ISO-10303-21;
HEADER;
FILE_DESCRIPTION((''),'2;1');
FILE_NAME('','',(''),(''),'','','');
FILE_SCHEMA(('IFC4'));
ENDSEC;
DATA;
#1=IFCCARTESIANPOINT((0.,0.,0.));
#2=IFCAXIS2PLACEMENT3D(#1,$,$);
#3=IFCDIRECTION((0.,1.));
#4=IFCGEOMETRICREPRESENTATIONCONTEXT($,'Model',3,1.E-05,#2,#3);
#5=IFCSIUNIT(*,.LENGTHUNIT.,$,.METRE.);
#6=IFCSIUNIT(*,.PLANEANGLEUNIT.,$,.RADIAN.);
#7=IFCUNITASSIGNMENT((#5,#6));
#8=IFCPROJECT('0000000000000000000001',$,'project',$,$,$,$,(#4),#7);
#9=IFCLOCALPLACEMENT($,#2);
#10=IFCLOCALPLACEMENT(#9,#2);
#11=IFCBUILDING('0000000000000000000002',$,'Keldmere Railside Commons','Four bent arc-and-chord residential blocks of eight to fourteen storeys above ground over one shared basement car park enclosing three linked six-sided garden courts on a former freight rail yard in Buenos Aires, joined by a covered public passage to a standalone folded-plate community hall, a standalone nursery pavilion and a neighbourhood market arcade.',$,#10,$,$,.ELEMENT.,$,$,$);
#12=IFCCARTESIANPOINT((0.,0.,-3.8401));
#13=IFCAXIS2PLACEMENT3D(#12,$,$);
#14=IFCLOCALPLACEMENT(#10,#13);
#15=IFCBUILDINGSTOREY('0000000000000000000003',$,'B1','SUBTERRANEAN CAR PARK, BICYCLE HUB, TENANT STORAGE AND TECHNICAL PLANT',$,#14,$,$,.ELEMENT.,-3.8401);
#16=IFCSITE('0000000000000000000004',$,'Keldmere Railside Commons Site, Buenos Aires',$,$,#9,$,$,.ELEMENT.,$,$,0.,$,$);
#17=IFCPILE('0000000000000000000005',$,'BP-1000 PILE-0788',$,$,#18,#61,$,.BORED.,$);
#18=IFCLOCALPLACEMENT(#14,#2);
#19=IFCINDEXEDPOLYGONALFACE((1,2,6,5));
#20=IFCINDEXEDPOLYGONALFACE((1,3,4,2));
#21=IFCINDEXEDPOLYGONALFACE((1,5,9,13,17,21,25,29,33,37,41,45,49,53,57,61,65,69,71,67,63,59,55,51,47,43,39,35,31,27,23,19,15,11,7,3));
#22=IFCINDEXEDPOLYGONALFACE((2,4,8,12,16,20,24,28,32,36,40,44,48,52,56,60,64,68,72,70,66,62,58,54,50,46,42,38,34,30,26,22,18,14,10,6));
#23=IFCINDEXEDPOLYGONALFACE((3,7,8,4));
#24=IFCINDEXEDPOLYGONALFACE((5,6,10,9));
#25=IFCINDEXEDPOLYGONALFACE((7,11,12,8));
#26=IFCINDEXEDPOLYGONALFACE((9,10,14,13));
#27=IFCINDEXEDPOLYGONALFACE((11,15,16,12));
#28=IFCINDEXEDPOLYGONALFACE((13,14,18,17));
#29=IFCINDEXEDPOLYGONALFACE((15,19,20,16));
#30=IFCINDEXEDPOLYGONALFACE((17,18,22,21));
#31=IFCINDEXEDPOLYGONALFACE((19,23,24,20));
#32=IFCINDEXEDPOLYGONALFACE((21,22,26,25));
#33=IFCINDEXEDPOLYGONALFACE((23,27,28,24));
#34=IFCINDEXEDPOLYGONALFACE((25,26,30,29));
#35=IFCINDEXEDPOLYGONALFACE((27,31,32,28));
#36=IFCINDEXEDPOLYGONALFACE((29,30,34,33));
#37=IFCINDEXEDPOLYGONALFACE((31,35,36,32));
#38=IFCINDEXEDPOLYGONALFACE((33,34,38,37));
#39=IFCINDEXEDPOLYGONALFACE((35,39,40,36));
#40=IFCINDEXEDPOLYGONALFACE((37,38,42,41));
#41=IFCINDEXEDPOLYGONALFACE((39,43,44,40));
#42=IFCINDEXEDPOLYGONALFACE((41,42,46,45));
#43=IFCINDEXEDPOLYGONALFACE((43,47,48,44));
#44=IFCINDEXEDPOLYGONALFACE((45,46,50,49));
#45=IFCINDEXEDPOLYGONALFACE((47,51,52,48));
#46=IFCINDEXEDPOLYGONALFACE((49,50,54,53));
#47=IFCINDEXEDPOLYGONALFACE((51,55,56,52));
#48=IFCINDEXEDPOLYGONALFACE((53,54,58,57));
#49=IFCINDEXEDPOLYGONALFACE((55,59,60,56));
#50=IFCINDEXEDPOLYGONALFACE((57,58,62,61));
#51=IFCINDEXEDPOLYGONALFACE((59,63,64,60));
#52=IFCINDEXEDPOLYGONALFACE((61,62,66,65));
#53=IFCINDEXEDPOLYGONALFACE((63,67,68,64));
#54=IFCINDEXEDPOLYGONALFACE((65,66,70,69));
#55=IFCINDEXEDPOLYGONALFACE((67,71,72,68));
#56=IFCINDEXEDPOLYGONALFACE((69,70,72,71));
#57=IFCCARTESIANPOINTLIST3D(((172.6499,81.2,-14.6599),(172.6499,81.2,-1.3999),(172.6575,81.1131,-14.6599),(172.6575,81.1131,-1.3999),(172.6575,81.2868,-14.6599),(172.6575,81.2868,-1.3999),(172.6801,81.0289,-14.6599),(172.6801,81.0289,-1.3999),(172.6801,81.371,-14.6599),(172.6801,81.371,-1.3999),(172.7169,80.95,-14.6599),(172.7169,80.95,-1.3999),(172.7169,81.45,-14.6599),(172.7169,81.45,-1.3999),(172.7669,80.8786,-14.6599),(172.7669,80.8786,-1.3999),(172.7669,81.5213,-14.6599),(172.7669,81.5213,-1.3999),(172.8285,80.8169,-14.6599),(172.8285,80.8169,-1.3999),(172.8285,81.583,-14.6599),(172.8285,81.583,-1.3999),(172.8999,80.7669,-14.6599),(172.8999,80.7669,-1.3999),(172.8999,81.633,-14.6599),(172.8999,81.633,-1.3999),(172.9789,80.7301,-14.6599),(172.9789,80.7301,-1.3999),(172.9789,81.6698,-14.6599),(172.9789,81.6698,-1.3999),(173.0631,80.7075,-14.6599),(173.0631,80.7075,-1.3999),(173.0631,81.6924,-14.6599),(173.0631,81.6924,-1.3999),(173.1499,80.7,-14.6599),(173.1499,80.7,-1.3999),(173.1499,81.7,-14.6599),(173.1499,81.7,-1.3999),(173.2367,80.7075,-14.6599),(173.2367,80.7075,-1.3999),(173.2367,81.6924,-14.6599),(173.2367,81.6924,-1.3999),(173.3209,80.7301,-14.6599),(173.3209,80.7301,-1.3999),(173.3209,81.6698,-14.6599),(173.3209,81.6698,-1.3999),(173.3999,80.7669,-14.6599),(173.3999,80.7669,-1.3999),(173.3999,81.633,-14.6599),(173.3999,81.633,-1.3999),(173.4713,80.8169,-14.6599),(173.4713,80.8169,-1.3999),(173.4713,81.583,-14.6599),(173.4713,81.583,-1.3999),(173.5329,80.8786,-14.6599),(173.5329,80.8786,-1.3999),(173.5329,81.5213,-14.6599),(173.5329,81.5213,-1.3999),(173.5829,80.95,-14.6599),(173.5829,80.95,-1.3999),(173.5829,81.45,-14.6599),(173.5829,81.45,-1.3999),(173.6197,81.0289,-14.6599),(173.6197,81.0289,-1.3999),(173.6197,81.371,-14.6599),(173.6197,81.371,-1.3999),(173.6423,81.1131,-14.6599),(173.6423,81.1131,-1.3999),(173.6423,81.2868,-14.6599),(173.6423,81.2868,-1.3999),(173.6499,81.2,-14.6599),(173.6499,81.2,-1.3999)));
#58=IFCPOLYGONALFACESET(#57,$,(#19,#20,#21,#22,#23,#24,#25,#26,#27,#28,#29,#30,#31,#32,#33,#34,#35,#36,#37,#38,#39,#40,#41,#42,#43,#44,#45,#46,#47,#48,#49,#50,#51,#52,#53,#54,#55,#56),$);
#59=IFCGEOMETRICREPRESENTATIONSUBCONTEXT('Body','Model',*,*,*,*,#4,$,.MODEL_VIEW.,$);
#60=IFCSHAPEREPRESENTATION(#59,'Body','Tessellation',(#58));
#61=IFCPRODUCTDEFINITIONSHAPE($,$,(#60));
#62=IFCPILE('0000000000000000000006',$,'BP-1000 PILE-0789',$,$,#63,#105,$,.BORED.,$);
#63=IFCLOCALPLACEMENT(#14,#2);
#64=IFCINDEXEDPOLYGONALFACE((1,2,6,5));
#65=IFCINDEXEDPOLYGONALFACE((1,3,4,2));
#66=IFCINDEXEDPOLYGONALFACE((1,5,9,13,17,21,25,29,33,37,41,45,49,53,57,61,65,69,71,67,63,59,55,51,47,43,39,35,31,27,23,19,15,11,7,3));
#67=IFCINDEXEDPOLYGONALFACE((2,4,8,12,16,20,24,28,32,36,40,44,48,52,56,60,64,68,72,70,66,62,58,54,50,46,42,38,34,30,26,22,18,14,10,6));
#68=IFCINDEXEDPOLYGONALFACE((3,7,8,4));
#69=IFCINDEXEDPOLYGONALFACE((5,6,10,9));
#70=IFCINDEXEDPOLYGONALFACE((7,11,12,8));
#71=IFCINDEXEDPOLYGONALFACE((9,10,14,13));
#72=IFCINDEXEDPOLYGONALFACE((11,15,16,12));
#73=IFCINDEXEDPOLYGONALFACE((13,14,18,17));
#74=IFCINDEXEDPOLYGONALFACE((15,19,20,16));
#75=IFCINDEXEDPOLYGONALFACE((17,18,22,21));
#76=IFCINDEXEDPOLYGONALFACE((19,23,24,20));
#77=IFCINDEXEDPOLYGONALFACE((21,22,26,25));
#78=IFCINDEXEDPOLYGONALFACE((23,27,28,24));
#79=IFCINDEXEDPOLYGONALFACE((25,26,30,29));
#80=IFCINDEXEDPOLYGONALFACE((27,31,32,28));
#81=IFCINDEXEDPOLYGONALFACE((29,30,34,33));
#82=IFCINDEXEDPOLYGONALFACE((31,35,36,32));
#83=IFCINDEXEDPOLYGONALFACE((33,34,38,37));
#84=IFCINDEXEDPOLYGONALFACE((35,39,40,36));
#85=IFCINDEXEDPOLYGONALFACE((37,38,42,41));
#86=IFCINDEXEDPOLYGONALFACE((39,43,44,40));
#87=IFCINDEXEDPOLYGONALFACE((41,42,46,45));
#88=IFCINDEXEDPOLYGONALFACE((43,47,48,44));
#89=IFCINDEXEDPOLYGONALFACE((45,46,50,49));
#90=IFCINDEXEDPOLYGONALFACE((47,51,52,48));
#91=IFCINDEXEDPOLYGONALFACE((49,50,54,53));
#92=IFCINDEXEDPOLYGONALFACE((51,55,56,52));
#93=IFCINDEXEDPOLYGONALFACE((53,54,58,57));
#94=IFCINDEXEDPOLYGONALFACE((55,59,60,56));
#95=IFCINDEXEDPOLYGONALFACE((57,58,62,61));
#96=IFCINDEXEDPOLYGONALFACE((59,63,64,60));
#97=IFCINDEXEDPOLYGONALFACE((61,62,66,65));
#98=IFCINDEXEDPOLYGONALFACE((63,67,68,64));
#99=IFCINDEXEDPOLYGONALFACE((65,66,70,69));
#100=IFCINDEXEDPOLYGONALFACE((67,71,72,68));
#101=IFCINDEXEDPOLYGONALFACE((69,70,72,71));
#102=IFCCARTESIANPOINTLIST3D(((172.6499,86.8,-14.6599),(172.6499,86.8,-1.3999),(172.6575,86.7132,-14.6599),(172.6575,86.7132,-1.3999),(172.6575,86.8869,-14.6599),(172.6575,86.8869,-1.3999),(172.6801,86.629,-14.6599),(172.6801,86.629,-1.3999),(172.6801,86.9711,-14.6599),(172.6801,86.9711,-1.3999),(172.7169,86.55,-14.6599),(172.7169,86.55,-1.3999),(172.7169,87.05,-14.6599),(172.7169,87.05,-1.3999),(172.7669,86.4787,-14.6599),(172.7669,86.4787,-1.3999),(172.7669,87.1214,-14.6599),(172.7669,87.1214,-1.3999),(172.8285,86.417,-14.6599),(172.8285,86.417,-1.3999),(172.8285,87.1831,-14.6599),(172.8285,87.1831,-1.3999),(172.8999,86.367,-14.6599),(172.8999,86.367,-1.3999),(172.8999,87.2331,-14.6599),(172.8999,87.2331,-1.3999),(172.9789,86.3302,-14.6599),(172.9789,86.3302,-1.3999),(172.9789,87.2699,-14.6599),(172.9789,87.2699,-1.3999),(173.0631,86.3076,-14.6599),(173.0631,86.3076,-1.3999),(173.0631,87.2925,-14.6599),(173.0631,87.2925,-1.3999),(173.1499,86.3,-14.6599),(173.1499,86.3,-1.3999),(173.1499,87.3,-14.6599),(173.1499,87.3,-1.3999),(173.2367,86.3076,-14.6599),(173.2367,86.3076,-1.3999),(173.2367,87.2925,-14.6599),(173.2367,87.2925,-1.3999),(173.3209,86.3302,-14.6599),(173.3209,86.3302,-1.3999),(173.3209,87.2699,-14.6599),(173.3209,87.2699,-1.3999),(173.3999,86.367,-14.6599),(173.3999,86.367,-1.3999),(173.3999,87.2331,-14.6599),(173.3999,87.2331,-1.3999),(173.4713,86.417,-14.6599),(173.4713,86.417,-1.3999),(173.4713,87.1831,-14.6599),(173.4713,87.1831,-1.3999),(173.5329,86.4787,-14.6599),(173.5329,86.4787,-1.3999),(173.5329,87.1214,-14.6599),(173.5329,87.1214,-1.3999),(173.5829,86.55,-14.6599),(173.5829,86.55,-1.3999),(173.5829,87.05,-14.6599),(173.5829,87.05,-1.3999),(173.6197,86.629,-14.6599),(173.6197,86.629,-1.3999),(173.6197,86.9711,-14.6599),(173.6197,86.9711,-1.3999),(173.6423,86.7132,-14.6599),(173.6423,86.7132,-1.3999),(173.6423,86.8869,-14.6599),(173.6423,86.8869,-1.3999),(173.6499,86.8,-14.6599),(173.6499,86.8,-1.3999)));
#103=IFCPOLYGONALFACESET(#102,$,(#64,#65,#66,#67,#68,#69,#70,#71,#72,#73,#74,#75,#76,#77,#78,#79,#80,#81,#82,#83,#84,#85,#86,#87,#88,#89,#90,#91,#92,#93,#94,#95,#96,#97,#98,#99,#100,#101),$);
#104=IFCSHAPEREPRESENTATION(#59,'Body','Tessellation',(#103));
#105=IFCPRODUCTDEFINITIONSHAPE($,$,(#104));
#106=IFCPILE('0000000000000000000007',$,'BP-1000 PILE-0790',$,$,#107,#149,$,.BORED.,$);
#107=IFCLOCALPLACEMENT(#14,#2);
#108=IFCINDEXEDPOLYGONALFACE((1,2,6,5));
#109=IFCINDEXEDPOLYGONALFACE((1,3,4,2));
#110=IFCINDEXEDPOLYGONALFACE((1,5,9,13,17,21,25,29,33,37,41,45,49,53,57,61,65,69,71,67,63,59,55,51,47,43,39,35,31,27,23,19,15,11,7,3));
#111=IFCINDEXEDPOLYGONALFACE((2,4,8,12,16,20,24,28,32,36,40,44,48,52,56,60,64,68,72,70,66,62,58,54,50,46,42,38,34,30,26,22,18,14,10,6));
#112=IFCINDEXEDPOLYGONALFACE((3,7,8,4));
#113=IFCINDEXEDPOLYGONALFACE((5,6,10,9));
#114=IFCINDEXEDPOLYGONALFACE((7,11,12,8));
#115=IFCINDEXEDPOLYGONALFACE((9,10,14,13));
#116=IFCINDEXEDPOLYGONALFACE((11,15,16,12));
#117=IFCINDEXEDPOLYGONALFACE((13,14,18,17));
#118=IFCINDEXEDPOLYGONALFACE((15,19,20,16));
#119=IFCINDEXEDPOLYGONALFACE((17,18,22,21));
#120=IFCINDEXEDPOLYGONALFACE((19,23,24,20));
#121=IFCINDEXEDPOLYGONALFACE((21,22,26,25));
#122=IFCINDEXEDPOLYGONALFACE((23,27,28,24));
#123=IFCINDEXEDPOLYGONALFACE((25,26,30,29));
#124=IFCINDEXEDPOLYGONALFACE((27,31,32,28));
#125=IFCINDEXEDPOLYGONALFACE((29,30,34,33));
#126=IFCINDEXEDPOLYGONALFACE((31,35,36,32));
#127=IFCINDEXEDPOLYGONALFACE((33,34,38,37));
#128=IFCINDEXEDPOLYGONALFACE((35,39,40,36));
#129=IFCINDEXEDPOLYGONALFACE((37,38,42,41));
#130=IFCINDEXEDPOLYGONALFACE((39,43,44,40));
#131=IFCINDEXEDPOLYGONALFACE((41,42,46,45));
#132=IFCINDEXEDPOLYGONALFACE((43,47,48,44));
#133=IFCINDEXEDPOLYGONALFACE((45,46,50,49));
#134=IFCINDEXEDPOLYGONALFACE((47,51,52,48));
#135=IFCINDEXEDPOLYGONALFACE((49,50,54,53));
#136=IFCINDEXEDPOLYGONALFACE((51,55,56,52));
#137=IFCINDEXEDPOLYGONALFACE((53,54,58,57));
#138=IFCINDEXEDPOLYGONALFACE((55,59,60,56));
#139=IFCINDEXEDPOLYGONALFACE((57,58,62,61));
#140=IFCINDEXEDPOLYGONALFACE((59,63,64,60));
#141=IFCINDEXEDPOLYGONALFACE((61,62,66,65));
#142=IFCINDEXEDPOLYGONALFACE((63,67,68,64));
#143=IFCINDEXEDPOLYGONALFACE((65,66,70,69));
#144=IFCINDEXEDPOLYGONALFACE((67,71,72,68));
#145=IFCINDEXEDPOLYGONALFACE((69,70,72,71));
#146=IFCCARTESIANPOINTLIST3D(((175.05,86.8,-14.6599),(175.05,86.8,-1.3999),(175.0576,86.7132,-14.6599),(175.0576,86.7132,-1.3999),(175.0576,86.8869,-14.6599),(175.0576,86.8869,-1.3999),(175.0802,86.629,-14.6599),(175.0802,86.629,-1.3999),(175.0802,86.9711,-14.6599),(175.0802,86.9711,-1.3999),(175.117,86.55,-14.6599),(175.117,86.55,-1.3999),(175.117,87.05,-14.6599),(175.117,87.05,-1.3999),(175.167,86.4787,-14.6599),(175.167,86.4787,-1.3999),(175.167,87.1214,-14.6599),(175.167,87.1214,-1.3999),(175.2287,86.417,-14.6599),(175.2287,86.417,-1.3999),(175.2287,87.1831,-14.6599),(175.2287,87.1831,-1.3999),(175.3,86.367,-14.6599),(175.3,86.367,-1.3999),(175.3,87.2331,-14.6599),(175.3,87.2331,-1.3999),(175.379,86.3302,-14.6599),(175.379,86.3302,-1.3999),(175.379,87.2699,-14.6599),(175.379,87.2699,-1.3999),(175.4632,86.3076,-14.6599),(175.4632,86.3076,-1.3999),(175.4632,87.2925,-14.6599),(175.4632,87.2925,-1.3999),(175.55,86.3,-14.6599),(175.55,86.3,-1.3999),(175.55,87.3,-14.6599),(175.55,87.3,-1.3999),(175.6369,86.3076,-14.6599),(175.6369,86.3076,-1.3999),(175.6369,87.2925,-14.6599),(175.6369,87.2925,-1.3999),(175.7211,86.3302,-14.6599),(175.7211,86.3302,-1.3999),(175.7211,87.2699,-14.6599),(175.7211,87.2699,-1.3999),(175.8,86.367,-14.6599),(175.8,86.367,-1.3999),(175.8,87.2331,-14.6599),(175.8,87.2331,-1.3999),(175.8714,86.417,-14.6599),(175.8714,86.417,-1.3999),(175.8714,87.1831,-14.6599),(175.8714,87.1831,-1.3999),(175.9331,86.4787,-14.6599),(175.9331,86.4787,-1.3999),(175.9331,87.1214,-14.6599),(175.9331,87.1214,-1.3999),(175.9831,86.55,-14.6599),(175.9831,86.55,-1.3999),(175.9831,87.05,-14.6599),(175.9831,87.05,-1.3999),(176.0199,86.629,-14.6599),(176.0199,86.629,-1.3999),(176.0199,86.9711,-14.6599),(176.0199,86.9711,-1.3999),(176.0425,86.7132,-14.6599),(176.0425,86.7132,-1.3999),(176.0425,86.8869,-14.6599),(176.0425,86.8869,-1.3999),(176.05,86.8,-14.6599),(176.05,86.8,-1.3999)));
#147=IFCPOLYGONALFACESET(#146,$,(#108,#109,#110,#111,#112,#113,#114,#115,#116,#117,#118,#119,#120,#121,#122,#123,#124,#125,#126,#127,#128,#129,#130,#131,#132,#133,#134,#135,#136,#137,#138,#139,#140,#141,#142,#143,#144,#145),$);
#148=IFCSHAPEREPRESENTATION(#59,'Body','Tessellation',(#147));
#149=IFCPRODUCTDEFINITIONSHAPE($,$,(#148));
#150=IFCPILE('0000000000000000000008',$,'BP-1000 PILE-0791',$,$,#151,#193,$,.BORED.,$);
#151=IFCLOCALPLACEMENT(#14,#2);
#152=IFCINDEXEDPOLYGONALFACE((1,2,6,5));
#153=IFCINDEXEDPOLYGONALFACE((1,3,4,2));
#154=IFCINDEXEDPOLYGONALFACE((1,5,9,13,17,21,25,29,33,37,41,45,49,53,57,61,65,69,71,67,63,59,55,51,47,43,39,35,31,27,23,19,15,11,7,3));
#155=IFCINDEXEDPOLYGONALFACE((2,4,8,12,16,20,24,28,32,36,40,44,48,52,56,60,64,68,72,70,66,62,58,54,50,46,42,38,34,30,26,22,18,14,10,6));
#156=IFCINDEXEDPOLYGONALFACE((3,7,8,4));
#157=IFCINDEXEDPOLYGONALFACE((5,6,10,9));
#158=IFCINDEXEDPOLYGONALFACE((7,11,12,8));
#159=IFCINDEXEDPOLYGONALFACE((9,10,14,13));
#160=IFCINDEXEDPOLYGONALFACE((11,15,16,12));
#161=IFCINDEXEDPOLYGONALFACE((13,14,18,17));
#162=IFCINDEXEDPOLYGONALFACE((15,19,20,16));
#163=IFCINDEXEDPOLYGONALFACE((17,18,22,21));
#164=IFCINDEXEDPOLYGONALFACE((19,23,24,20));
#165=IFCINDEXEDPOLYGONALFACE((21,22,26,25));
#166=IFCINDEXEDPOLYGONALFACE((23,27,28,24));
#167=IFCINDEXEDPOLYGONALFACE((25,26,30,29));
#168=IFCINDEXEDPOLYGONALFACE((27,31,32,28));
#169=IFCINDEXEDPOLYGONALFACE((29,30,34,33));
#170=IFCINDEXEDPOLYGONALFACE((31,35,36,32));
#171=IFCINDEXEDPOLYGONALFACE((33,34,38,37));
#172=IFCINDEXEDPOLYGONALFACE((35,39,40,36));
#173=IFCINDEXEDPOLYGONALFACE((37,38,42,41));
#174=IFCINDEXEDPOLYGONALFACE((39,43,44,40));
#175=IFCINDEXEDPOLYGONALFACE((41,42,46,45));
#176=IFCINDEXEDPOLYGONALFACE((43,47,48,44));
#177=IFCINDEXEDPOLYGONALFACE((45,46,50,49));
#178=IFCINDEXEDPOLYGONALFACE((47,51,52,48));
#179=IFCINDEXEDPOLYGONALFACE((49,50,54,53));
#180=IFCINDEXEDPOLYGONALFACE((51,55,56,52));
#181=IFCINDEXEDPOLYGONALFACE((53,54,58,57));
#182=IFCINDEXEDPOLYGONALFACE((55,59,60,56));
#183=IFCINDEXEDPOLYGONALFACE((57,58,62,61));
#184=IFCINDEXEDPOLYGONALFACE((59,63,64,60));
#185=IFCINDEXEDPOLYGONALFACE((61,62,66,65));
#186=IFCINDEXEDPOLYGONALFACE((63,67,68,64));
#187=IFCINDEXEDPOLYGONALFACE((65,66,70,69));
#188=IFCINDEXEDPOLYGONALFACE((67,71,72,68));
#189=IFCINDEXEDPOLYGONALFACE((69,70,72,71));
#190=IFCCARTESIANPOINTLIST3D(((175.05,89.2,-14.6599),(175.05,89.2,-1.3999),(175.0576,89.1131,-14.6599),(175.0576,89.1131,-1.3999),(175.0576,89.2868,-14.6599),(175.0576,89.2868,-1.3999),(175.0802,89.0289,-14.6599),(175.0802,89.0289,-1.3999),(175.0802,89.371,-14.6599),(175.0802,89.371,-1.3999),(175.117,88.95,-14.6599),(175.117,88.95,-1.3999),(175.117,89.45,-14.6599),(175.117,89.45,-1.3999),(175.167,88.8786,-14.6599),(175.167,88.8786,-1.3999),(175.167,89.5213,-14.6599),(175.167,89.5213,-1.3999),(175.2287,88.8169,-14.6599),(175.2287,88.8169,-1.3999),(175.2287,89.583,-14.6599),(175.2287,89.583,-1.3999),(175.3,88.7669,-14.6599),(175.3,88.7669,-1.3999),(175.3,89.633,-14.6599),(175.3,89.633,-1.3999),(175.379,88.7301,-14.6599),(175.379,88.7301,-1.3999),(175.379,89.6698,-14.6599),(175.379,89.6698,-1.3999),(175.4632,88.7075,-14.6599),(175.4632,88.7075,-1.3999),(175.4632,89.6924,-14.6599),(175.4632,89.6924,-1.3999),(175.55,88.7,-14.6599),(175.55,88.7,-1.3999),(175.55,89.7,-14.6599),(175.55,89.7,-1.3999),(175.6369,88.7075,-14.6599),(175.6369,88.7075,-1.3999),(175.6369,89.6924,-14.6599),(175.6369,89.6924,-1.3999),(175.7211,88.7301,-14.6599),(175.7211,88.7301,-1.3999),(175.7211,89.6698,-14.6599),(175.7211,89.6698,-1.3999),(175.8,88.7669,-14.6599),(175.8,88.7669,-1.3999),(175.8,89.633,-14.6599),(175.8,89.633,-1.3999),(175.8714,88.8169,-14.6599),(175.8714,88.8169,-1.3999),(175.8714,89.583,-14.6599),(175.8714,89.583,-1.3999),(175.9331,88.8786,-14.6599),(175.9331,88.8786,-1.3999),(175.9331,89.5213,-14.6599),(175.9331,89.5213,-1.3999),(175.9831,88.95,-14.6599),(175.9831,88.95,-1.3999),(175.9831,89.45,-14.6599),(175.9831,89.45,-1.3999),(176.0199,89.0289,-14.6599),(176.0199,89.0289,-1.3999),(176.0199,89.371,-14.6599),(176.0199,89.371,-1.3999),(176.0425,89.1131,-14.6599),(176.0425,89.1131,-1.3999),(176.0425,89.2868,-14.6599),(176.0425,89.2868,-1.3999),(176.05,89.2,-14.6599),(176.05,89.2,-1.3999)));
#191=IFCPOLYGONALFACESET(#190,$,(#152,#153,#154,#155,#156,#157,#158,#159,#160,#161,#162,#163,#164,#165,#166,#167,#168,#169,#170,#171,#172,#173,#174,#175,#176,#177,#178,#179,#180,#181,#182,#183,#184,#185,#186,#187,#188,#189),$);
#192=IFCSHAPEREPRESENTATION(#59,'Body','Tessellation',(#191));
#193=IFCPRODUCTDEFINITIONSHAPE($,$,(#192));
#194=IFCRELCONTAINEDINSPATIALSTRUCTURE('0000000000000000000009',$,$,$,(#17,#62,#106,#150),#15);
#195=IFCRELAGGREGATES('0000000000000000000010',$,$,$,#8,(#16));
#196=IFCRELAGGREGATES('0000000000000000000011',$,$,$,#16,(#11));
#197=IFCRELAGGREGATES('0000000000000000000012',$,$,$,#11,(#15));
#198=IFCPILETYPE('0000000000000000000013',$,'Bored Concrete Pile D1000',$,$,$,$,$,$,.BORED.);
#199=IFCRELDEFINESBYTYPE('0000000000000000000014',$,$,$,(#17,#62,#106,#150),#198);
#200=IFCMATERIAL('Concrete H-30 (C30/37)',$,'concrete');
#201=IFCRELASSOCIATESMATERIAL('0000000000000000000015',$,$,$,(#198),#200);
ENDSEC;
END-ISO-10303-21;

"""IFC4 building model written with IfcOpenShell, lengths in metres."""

from ifc_helpers import new_model, si_unit, direction, frame, origin, origin_2d, place, context, subcontext, project, spatial, circle, extrude, material, material_profile, profile_set, type_object, element, save


model = new_model("IFC4")

# Units and contexts
model_context = context("Model", 3, precision=1e-05, world=origin(), true_north=direction((0.0, 1.0)))
body_context = subcontext(model_context, "Body", "Model", "MODEL_VIEW")
ifc_project = project(units=[si_unit("LENGTHUNIT", "METRE"), si_unit("PLANEANGLEUNIT", "RADIAN")], contexts=[model_context])

# Site, building, storey
site_placement = place(None, origin())
site = spatial("IfcSite", under=ifc_project, at=site_placement, Name="Keldmere Railside Commons Site, Buenos Aires", CompositionType="ELEMENT", RefElevation=0.0)
building_placement = place(site_placement, origin())
building = spatial("IfcBuilding", under=site, at=building_placement, Name="Keldmere Railside Commons", Description="Four bent arc-and-chord residential blocks of eight to fourteen storeys above ground over one shared basement car park enclosing three linked six-sided garden courts on a former freight rail yard in Buenos Aires, joined by a covered public passage to a standalone folded-plate community hall, a standalone nursery pavilion and a neighbourhood market arcade.", CompositionType="ELEMENT")
storey_placement = place(building_placement, frame((0.0, 0.0, -3.8401)))
storey = spatial("IfcBuildingStorey", under=building, at=storey_placement, Name="B1", Description="SUBTERRANEAN CAR PARK, BICYCLE HUB, TENANT STORAGE AND TECHNICAL PLANT", CompositionType="ELEMENT", Elevation=-3.8401)

# Piles
ifc_material_1 = material(Name="Concrete H-30 (C30/37)", Category="concrete")
ifc_material_profile_1 = material_profile(ifc_material_1, circle(Radius=0.5, at=origin_2d()), Name="PILE-D1000")
ifc_profile_set_1 = profile_set([ifc_material_profile_1], Name="Concrete H-30 (C30/37)")
pile_type = type_object("IfcPileType", Name="Bored Concrete Pile D1000", PredefinedType="BORED", material=ifc_profile_set_1)
for number, where, z_axis, x_axis, name in (
    (1, (173.1499, 81.2, -1.3999), (0.0, 0.0, -1.0), (1.0, 0.0, 0.0), "BP-1000 PILE-0788"),
    (2, (173.1499, 86.8, -1.3999), (0.0, 0.0, -1.0), (1.0, 0.0, 0.0), "BP-1000 PILE-0789"),
    (3, (175.55, 86.8, -1.3999), (0.0, 0.0, -1.0), (1.0, 0.0, 0.0), "BP-1000 PILE-0790"),
    (4, (175.55, 89.2, -1.3999), (0.0, 0.0, -1.0), (1.0, 0.0, 0.0), "BP-1000 PILE-0791"),
):
    element("IfcPile", number, at=place(storey_placement, frame(where, z_axis=z_axis, x_axis=x_axis)), inside=storey, type_object=pile_type, Name=name, PredefinedType="BORED", context=body_context, shape_type="SweptSolid", body=[
        extrude(circle(Radius=0.5, at=origin_2d()), origin(), (0.0, 0.0, 1.0), 13.26),
    ])

save(model, "model.ifc")
